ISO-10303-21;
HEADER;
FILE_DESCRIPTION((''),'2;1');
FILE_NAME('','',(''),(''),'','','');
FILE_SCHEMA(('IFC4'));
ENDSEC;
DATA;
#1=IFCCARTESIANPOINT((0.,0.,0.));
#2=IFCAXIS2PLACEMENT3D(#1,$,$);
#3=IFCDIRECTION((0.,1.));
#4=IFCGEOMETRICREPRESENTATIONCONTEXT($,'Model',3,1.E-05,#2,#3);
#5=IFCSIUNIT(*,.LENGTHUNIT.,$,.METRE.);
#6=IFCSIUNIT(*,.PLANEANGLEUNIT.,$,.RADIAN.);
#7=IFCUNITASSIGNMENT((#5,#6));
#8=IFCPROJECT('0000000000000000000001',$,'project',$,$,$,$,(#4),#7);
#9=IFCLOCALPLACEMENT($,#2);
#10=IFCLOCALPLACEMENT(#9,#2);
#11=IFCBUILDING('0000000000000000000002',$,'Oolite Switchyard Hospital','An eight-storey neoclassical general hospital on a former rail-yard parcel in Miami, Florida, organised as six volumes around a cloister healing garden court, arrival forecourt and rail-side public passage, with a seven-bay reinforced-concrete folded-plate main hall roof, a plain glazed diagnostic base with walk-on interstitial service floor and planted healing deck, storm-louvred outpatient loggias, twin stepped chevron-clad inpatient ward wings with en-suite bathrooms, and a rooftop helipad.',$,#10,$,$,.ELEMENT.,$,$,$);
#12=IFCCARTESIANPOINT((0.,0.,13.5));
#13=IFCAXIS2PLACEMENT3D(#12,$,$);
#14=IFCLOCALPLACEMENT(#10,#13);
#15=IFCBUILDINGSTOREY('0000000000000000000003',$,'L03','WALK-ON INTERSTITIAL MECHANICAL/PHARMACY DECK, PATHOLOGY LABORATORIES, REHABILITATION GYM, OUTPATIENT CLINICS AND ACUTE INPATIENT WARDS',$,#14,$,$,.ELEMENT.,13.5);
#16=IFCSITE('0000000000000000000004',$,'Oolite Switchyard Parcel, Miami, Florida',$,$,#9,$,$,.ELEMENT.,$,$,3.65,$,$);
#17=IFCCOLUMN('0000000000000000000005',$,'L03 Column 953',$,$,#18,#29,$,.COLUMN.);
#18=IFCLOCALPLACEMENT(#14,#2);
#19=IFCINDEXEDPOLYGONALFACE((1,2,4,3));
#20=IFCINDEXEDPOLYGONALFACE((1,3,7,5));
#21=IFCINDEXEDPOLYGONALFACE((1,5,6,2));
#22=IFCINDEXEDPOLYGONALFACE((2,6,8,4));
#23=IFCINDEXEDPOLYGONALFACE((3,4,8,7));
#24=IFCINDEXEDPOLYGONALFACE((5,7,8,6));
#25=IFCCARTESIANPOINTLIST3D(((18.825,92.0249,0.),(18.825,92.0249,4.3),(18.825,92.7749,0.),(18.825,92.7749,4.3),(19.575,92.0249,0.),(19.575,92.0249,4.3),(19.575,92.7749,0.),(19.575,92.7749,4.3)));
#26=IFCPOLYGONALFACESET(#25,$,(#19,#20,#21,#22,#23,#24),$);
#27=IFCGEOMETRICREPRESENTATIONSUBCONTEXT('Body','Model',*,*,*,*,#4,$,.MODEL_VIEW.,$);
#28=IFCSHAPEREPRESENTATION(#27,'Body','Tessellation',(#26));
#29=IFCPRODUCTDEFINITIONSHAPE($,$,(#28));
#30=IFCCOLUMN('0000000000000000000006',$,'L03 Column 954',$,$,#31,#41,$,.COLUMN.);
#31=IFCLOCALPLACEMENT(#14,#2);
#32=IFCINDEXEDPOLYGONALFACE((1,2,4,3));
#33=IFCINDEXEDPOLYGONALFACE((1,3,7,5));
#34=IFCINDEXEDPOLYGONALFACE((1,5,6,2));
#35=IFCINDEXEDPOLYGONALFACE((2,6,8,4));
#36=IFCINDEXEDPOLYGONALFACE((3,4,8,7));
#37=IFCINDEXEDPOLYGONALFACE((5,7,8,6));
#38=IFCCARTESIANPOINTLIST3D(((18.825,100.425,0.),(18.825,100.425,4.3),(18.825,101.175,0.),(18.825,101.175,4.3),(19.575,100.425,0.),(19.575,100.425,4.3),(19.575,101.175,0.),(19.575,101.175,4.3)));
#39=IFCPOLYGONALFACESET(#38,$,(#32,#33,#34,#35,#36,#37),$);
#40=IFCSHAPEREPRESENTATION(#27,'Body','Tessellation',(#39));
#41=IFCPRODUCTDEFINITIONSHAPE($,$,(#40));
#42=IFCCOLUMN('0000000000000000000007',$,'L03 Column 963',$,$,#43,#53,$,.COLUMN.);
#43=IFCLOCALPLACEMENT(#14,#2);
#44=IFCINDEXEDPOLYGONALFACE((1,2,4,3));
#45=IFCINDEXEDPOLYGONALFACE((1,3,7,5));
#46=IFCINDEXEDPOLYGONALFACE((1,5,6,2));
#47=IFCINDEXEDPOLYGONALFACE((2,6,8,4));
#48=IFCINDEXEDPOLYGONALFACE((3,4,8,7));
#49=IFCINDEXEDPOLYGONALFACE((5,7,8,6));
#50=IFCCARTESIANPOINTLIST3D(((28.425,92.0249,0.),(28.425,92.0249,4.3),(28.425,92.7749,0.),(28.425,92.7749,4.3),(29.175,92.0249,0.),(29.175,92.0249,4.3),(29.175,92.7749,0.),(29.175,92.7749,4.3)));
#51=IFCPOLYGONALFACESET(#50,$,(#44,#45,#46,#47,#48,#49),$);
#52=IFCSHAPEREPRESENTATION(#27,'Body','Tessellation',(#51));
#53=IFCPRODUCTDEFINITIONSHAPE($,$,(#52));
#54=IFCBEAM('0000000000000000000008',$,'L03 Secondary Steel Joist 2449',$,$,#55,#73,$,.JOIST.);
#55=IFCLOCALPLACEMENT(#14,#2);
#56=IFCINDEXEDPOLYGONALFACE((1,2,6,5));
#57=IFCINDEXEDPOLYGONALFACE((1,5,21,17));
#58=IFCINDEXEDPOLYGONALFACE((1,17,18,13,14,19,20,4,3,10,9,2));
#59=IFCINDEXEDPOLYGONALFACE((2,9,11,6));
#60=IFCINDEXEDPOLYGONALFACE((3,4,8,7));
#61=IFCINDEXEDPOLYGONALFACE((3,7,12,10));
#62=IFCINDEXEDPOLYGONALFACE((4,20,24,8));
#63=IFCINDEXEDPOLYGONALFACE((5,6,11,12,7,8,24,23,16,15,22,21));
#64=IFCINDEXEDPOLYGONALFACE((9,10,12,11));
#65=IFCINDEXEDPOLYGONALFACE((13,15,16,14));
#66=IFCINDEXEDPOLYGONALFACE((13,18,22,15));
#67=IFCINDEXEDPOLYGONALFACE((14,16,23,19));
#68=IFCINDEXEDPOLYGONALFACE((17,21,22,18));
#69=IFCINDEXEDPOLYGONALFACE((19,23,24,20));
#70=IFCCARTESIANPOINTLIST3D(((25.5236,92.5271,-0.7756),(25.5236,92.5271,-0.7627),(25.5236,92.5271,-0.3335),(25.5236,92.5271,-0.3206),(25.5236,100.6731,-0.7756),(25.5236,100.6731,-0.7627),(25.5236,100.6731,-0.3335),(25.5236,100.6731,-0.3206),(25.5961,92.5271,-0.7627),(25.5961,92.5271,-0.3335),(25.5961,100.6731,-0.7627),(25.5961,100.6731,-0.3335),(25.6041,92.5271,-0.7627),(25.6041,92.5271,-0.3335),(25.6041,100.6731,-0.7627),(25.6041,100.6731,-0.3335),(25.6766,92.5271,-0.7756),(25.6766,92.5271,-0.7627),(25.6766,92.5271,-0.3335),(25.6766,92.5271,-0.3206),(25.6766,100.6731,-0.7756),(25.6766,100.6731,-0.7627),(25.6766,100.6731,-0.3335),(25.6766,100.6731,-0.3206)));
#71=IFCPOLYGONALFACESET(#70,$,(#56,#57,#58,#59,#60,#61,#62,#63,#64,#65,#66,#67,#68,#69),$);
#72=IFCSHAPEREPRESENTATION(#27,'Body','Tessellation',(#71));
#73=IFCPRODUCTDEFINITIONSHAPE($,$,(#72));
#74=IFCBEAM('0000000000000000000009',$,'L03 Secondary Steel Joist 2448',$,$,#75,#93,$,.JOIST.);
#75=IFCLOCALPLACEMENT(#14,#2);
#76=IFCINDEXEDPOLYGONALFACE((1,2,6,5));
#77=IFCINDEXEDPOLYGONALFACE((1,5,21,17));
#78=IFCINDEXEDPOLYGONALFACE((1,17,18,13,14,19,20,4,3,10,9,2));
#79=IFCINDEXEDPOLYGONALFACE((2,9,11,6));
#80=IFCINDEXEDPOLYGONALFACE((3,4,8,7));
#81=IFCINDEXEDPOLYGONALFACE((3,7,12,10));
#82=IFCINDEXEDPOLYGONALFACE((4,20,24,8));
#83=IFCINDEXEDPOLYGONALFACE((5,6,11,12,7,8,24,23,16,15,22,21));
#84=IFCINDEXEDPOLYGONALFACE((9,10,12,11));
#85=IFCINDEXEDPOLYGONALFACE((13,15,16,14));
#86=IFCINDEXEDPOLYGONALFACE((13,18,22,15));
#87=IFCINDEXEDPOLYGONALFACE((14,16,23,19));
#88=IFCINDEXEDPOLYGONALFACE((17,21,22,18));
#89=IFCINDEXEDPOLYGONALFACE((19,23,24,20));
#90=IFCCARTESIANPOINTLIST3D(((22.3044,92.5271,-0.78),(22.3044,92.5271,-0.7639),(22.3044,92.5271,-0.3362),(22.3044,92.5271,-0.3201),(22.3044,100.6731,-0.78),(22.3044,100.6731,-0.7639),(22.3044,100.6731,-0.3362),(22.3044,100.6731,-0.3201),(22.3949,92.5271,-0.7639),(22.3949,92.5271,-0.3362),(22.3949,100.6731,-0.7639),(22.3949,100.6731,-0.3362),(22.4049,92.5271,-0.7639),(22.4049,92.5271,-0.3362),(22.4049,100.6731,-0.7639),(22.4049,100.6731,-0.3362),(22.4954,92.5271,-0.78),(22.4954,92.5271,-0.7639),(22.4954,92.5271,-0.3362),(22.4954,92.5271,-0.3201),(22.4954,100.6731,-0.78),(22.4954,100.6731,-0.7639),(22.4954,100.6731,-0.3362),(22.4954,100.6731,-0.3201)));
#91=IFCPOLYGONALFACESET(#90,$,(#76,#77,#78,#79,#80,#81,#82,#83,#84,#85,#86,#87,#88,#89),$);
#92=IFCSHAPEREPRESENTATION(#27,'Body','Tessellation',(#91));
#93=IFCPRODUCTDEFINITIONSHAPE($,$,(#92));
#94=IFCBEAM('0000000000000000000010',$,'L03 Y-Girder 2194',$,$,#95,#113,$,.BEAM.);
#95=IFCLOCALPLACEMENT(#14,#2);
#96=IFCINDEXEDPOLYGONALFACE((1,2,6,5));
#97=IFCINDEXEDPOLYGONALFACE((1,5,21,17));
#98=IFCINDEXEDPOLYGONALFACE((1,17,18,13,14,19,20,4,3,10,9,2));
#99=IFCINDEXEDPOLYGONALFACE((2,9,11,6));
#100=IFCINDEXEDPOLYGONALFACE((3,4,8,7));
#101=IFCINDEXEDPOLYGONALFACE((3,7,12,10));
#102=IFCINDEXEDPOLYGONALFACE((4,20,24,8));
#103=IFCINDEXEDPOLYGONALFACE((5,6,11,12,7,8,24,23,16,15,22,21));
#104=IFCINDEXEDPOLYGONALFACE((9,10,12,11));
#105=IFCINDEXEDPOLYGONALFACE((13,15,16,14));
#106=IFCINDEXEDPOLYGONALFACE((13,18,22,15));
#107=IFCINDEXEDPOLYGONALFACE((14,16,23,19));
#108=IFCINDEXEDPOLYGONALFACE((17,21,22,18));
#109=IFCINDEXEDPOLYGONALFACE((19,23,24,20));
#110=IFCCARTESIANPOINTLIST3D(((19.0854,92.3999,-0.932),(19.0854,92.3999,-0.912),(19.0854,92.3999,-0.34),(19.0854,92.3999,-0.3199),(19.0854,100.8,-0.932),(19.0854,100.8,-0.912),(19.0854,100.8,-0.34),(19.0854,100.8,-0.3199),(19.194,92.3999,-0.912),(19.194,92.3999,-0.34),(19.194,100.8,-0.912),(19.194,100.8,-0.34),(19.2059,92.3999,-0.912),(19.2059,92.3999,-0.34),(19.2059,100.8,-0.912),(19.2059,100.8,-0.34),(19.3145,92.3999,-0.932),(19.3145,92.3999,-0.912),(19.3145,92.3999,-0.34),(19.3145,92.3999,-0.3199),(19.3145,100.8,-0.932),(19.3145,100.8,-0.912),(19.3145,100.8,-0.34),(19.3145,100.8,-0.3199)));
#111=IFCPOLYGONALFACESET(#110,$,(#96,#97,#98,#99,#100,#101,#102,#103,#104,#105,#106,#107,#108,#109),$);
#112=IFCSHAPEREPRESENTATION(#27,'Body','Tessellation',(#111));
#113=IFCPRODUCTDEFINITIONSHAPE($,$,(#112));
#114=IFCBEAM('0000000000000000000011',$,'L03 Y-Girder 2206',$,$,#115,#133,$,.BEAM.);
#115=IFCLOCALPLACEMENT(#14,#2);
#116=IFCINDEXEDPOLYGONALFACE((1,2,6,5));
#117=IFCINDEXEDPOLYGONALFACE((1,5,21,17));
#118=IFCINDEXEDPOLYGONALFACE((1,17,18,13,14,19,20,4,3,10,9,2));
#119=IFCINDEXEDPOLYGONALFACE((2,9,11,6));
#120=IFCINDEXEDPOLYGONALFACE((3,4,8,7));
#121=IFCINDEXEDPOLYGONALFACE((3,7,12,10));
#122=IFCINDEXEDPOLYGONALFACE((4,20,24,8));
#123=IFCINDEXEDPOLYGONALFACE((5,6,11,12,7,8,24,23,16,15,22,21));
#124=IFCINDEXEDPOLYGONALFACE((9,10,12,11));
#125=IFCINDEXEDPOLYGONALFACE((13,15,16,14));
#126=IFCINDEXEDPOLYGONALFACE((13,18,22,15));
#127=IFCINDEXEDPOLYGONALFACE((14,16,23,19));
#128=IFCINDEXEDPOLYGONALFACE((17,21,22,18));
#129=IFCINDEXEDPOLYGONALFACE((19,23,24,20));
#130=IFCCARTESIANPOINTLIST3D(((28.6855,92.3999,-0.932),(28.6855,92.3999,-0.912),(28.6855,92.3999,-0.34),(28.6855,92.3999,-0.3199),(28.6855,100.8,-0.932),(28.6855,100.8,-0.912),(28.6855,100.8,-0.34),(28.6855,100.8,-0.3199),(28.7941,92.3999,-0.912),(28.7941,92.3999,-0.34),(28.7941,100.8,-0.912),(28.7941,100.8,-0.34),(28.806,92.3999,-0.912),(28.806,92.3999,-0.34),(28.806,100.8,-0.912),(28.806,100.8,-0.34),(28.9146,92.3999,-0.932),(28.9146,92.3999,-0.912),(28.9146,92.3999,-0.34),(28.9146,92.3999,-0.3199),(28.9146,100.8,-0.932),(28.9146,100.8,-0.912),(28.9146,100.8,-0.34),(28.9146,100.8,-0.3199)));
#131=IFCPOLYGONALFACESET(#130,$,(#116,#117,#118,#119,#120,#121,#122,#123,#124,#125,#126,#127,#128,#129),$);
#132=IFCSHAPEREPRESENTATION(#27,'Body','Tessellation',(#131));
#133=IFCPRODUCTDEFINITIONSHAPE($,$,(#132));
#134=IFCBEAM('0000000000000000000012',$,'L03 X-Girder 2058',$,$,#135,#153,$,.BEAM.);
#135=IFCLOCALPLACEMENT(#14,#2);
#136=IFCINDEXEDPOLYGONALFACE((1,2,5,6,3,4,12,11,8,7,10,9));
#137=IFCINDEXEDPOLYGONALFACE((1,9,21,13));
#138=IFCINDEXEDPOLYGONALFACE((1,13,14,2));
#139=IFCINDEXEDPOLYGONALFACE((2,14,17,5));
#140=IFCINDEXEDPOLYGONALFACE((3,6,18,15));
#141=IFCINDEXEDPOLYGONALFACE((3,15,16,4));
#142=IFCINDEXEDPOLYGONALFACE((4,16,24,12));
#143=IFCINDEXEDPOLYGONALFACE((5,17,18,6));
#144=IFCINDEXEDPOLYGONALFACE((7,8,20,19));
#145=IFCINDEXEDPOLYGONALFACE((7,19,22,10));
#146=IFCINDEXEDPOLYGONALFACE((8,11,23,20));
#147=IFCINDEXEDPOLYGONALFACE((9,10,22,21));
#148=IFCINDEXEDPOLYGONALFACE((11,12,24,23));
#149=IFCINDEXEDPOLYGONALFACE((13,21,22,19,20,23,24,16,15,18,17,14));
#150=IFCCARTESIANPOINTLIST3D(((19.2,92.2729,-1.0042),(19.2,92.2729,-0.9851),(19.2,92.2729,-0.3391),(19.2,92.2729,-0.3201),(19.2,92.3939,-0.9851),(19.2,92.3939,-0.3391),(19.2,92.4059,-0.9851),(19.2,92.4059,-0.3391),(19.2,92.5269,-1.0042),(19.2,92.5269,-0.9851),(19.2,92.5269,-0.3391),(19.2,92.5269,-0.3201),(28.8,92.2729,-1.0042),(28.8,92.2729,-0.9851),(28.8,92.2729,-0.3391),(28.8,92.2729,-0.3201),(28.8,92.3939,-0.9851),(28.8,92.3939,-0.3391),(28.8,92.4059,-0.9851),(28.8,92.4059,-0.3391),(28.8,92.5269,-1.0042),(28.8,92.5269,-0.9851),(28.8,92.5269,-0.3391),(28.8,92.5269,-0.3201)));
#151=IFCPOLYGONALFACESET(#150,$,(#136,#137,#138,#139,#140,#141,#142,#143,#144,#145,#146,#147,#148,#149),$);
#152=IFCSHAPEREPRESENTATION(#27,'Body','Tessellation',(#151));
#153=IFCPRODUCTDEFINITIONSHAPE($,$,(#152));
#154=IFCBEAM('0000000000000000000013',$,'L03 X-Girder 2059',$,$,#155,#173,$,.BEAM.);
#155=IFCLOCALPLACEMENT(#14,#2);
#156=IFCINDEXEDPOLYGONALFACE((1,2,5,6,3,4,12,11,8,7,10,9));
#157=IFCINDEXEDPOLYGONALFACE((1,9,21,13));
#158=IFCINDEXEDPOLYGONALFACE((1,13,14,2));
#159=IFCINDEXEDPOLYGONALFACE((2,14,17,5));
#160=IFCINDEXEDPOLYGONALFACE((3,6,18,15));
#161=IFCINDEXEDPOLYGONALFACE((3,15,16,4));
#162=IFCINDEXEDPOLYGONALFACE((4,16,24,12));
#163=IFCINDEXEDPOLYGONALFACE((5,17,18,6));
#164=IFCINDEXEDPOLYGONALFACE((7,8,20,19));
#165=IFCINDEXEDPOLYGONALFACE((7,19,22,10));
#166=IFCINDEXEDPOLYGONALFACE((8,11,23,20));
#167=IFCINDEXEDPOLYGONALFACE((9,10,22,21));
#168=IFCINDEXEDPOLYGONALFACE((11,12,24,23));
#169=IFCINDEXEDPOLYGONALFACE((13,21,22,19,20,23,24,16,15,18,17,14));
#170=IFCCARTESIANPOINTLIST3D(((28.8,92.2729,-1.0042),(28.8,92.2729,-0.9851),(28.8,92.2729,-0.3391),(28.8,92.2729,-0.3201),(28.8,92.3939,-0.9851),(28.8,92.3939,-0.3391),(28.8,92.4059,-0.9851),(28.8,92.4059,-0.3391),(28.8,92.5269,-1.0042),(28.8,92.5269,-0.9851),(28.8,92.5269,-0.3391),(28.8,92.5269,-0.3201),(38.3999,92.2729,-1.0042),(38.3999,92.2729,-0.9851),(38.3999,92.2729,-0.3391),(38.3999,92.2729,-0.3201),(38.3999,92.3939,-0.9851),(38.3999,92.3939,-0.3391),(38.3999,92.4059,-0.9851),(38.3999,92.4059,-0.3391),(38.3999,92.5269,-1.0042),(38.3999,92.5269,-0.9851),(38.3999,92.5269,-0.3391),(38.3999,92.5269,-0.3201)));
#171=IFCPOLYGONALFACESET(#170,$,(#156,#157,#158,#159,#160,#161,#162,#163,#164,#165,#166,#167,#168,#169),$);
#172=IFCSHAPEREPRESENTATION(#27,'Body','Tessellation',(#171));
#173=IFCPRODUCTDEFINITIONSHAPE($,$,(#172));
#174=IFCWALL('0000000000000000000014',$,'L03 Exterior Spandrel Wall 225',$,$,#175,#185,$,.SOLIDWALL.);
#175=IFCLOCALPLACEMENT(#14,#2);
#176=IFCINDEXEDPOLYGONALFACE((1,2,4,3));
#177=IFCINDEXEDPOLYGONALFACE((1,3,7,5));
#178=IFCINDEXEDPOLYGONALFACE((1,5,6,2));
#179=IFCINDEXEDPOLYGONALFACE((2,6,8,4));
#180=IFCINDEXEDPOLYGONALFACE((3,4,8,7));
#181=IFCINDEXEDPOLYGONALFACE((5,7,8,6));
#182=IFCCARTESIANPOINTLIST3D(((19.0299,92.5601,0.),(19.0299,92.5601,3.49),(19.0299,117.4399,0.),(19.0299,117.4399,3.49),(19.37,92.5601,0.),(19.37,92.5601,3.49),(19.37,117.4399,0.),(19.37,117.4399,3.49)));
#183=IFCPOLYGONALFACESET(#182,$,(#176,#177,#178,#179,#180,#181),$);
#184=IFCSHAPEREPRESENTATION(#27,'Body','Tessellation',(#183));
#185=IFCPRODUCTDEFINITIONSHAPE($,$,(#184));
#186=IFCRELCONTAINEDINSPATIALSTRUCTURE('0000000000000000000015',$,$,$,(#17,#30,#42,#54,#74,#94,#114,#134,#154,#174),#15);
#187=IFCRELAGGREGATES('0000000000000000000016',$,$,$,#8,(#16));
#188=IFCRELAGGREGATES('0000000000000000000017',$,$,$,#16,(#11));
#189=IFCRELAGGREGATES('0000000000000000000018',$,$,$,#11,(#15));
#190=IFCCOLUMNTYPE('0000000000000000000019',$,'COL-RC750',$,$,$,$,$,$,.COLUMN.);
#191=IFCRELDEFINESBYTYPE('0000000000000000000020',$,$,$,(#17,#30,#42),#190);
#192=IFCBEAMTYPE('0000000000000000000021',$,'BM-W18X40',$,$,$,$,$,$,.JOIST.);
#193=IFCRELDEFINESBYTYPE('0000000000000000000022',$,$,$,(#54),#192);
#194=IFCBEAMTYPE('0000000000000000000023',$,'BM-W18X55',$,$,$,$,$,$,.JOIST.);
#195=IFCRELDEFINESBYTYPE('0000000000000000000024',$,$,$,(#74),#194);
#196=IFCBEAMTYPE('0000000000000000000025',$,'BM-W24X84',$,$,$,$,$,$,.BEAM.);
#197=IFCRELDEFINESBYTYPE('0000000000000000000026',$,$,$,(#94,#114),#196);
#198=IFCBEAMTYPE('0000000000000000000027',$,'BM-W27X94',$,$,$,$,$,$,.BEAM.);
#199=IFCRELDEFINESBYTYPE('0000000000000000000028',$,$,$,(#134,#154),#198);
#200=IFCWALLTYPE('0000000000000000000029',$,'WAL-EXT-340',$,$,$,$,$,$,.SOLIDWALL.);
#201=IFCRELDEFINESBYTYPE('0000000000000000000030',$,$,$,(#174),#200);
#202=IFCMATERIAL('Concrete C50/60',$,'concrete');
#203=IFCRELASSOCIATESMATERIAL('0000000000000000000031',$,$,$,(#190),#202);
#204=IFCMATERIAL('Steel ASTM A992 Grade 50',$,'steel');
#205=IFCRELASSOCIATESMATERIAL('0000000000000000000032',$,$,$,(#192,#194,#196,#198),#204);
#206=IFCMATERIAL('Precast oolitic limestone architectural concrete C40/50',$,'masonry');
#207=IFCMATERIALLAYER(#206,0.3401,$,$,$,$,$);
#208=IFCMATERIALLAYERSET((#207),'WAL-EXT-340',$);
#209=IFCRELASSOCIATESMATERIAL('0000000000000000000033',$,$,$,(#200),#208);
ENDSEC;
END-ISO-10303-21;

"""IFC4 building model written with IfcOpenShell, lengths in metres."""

from ifc_helpers import new_model, si_unit, direction, frame, frame_2d, origin, origin_2d, place, context, subcontext, project, spatial, rectangle, i_section, extrude, material, layer, layer_set, material_profile, profile_set, type_object, element, save


model = new_model("IFC4")

# Units and contexts
model_context = context("Model", 3, precision=1e-05, world=origin(), true_north=direction((0.0, 1.0)))
body_context = subcontext(model_context, "Body", "Model", "MODEL_VIEW")
ifc_project = project(units=[si_unit("LENGTHUNIT", "METRE"), si_unit("PLANEANGLEUNIT", "RADIAN")], contexts=[model_context])

# Site, building, storey
site_placement = place(None, origin())
site = spatial("IfcSite", under=ifc_project, at=site_placement, Name="Oolite Switchyard Parcel, Miami, Florida", CompositionType="ELEMENT", RefElevation=3.65)
building_placement = place(site_placement, origin())
building = spatial("IfcBuilding", under=site, at=building_placement, Name="Oolite Switchyard Hospital", Description="An eight-storey neoclassical general hospital on a former rail-yard parcel in Miami, Florida, organised as six volumes around a cloister healing garden court, arrival forecourt and rail-side public passage, with a seven-bay reinforced-concrete folded-plate main hall roof, a plain glazed diagnostic base with walk-on interstitial service floor and planted healing deck, storm-louvred outpatient loggias, twin stepped chevron-clad inpatient ward wings with en-suite bathrooms, and a rooftop helipad.", CompositionType="ELEMENT")
storey_placement = place(building_placement, frame((0.0, 0.0, 13.5)))
storey = spatial("IfcBuildingStorey", under=building, at=storey_placement, Name="L03", Description="WALK-ON INTERSTITIAL MECHANICAL/PHARMACY DECK, PATHOLOGY LABORATORIES, REHABILITATION GYM, OUTPATIENT CLINICS AND ACUTE INPATIENT WARDS", CompositionType="ELEMENT", Elevation=13.5)

# Columns
ifc_material_1 = material(Name="Concrete C50/60", Category="concrete")
ifc_material_profile_1 = material_profile(ifc_material_1, rectangle(XDim=0.75, YDim=0.75, at=origin_2d()), Name="RC750X750")
ifc_profile_set_1 = profile_set([ifc_material_profile_1], Name="Concrete C50/60")
column_type = type_object("IfcColumnType", Name="COL-RC750", PredefinedType="COLUMN", material=ifc_profile_set_1)
for number, where, z_axis, x_axis, name in (
    (1, (19.2, 92.3999, 0.0), (0.0, 0.0, 1.0), (1.0, 0.0, 0.0), "L03 Column 953"),
    (2, (19.2, 100.8, 0.0), (0.0, 0.0, 1.0), (1.0, 0.0, 0.0), "L03 Column 954"),
    (3, (28.8, 92.3999, 0.0), (0.0, 0.0, 1.0), (1.0, 0.0, 0.0), "L03 Column 963"),
):
    element("IfcColumn", number, at=place(storey_placement, frame(where, z_axis=z_axis, x_axis=x_axis)), inside=storey, type_object=column_type, Name=name, PredefinedType="COLUMN", context=body_context, shape_type="SweptSolid", body=[
        extrude(rectangle(XDim=0.75, YDim=0.75, at=origin_2d()), origin(), (0.0, 0.0, 1.0), 4.3),
    ])

# Beams
ifc_material_2 = material(Name="Steel ASTM A992 Grade 50", Category="steel")
ifc_material_profile_2 = material_profile(ifc_material_2, i_section(OverallWidth=0.1531, OverallDepth=0.4551, WebThickness=0.0081, FlangeThickness=0.0129, at=origin_2d()), Name="W18X40")
ifc_profile_set_2 = profile_set([ifc_material_profile_2], Name="Steel ASTM A992 Grade 50")
beam_type_1 = type_object("IfcBeamType", Name="BM-W18X40", PredefinedType="JOIST", material=ifc_profile_set_2)
beam_1_placement = place(storey_placement, frame((25.6001, 92.5271, -0.5481), z_axis=(0.0, 1.0, 0.0), x_axis=(-1.0, 0.0, 0.0)))
element("IfcBeam", 4, at=beam_1_placement, inside=storey, type_object=beam_type_1, Name="L03 Secondary Steel Joist 2449", PredefinedType="JOIST", context=body_context, shape_type="SweptSolid", body=[
    extrude(i_section(OverallWidth=0.1531, OverallDepth=0.4551, WebThickness=0.0081, FlangeThickness=0.0129, at=origin_2d()), origin(), (0.0, 0.0, 1.0), 8.146),
])
ifc_material_profile_3 = material_profile(ifc_material_2, i_section(OverallWidth=0.1909, OverallDepth=0.46, WebThickness=0.01, FlangeThickness=0.0161, at=origin_2d()), Name="W18X55")
ifc_profile_set_3 = profile_set([ifc_material_profile_3], Name="Steel ASTM A992 Grade 50")
beam_type_2 = type_object("IfcBeamType", Name="BM-W18X55", PredefinedType="JOIST", material=ifc_profile_set_3)
beam_2_placement = place(storey_placement, frame((22.3999, 92.5271, -0.55), z_axis=(0.0, 1.0, 0.0), x_axis=(-1.0, 0.0, 0.0)))
element("IfcBeam", 5, at=beam_2_placement, inside=storey, type_object=beam_type_2, Name="L03 Secondary Steel Joist 2448", PredefinedType="JOIST", context=body_context, shape_type="SweptSolid", body=[
    extrude(i_section(OverallWidth=0.1909, OverallDepth=0.46, WebThickness=0.01, FlangeThickness=0.0161, at=origin_2d()), origin(), (0.0, 0.0, 1.0), 8.146),
])
ifc_material_profile_4 = material_profile(ifc_material_2, i_section(OverallWidth=0.229, OverallDepth=0.6121, WebThickness=0.012, FlangeThickness=0.02, at=origin_2d()), Name="W24X84")
ifc_profile_set_4 = profile_set([ifc_material_profile_4], Name="Steel ASTM A992 Grade 50")
beam_type_3 = type_object("IfcBeamType", Name="BM-W24X84", PredefinedType="BEAM", material=ifc_profile_set_4)
for number, where, z_axis, x_axis, name in (
    (6, (19.2, 92.3999, -0.626), (0.0, 1.0, 0.0), (-1.0, 0.0, 0.0), "L03 Y-Girder 2194"),
    (7, (28.8, 92.3999, -0.626), (0.0, 1.0, 0.0), (-1.0, 0.0, 0.0), "L03 Y-Girder 2206"),
):
    element("IfcBeam", number, at=place(storey_placement, frame(where, z_axis=z_axis, x_axis=x_axis)), inside=storey, type_object=beam_type_3, Name=name, PredefinedType="BEAM", context=body_context, shape_type="SweptSolid", body=[
        extrude(i_section(OverallWidth=0.229, OverallDepth=0.6121, WebThickness=0.012, FlangeThickness=0.02, at=origin_2d()), origin(), (0.0, 0.0, 1.0), 8.4001),
    ])
ifc_material_profile_5 = material_profile(ifc_material_2, i_section(OverallWidth=0.2539, OverallDepth=0.6841, WebThickness=0.012, FlangeThickness=0.019, at=origin_2d()), Name="W27X94")
ifc_profile_set_5 = profile_set([ifc_material_profile_5], Name="Steel ASTM A992 Grade 50")
beam_type_4 = type_object("IfcBeamType", Name="BM-W27X94", PredefinedType="BEAM", material=ifc_profile_set_5)
beam_3_placement = place(storey_placement, frame((19.2, 92.3999, -0.6621), z_axis=(1.0, 0.0, 0.0), x_axis=(0.0, 1.0, 0.0)))
element("IfcBeam", 8, at=beam_3_placement, inside=storey, type_object=beam_type_4, Name="L03 X-Girder 2058", PredefinedType="BEAM", context=body_context, shape_type="SweptSolid", body=[
    extrude(i_section(OverallWidth=0.2539, OverallDepth=0.6841, WebThickness=0.012, FlangeThickness=0.019, at=origin_2d()), origin(), (0.0, 0.0, 1.0), 9.6001),
])
beam_4_placement = place(storey_placement, frame((28.8, 92.3999, -0.6621), z_axis=(1.0, 0.0, 0.0), x_axis=(0.0, 1.0, 0.0)))
element("IfcBeam", 9, at=beam_4_placement, inside=storey, type_object=beam_type_4, Name="L03 X-Girder 2059", PredefinedType="BEAM", context=body_context, shape_type="SweptSolid", body=[
    extrude(i_section(OverallWidth=0.2539, OverallDepth=0.6841, WebThickness=0.012, FlangeThickness=0.019, at=origin_2d()), origin(), (0.0, 0.0, 1.0), 9.5999),
])

# Wall
ifc_material_3 = material(Name="Precast oolitic limestone architectural concrete C40/50", Category="masonry")
ifc_layer_1 = layer(ifc_material_3, 0.3401)
ifc_layer_set_1 = layer_set([ifc_layer_1], Name="WAL-EXT-340")
wall_type_1 = type_object("IfcWallType", Name="WAL-EXT-340", PredefinedType="SOLIDWALL", material=ifc_layer_set_1)
wall_1_placement = place(storey_placement, frame((19.2, 92.5601, 0.0), z_axis=(0.0, 0.0, 1.0), x_axis=(0.0, 1.0, 0.0)))
element("IfcWall", 10, at=wall_1_placement, inside=storey, type_object=wall_type_1, Name="L03 Exterior Spandrel Wall 225", PredefinedType="SOLIDWALL", context=body_context, shape_type="SweptSolid", body=[
    extrude(rectangle(XDim=24.8799, YDim=0.3401, at=frame_2d((12.4399, 0.0))), origin(), (0.0, 0.0, 1.0), 3.49),
])

save(model, "model.ifc")
